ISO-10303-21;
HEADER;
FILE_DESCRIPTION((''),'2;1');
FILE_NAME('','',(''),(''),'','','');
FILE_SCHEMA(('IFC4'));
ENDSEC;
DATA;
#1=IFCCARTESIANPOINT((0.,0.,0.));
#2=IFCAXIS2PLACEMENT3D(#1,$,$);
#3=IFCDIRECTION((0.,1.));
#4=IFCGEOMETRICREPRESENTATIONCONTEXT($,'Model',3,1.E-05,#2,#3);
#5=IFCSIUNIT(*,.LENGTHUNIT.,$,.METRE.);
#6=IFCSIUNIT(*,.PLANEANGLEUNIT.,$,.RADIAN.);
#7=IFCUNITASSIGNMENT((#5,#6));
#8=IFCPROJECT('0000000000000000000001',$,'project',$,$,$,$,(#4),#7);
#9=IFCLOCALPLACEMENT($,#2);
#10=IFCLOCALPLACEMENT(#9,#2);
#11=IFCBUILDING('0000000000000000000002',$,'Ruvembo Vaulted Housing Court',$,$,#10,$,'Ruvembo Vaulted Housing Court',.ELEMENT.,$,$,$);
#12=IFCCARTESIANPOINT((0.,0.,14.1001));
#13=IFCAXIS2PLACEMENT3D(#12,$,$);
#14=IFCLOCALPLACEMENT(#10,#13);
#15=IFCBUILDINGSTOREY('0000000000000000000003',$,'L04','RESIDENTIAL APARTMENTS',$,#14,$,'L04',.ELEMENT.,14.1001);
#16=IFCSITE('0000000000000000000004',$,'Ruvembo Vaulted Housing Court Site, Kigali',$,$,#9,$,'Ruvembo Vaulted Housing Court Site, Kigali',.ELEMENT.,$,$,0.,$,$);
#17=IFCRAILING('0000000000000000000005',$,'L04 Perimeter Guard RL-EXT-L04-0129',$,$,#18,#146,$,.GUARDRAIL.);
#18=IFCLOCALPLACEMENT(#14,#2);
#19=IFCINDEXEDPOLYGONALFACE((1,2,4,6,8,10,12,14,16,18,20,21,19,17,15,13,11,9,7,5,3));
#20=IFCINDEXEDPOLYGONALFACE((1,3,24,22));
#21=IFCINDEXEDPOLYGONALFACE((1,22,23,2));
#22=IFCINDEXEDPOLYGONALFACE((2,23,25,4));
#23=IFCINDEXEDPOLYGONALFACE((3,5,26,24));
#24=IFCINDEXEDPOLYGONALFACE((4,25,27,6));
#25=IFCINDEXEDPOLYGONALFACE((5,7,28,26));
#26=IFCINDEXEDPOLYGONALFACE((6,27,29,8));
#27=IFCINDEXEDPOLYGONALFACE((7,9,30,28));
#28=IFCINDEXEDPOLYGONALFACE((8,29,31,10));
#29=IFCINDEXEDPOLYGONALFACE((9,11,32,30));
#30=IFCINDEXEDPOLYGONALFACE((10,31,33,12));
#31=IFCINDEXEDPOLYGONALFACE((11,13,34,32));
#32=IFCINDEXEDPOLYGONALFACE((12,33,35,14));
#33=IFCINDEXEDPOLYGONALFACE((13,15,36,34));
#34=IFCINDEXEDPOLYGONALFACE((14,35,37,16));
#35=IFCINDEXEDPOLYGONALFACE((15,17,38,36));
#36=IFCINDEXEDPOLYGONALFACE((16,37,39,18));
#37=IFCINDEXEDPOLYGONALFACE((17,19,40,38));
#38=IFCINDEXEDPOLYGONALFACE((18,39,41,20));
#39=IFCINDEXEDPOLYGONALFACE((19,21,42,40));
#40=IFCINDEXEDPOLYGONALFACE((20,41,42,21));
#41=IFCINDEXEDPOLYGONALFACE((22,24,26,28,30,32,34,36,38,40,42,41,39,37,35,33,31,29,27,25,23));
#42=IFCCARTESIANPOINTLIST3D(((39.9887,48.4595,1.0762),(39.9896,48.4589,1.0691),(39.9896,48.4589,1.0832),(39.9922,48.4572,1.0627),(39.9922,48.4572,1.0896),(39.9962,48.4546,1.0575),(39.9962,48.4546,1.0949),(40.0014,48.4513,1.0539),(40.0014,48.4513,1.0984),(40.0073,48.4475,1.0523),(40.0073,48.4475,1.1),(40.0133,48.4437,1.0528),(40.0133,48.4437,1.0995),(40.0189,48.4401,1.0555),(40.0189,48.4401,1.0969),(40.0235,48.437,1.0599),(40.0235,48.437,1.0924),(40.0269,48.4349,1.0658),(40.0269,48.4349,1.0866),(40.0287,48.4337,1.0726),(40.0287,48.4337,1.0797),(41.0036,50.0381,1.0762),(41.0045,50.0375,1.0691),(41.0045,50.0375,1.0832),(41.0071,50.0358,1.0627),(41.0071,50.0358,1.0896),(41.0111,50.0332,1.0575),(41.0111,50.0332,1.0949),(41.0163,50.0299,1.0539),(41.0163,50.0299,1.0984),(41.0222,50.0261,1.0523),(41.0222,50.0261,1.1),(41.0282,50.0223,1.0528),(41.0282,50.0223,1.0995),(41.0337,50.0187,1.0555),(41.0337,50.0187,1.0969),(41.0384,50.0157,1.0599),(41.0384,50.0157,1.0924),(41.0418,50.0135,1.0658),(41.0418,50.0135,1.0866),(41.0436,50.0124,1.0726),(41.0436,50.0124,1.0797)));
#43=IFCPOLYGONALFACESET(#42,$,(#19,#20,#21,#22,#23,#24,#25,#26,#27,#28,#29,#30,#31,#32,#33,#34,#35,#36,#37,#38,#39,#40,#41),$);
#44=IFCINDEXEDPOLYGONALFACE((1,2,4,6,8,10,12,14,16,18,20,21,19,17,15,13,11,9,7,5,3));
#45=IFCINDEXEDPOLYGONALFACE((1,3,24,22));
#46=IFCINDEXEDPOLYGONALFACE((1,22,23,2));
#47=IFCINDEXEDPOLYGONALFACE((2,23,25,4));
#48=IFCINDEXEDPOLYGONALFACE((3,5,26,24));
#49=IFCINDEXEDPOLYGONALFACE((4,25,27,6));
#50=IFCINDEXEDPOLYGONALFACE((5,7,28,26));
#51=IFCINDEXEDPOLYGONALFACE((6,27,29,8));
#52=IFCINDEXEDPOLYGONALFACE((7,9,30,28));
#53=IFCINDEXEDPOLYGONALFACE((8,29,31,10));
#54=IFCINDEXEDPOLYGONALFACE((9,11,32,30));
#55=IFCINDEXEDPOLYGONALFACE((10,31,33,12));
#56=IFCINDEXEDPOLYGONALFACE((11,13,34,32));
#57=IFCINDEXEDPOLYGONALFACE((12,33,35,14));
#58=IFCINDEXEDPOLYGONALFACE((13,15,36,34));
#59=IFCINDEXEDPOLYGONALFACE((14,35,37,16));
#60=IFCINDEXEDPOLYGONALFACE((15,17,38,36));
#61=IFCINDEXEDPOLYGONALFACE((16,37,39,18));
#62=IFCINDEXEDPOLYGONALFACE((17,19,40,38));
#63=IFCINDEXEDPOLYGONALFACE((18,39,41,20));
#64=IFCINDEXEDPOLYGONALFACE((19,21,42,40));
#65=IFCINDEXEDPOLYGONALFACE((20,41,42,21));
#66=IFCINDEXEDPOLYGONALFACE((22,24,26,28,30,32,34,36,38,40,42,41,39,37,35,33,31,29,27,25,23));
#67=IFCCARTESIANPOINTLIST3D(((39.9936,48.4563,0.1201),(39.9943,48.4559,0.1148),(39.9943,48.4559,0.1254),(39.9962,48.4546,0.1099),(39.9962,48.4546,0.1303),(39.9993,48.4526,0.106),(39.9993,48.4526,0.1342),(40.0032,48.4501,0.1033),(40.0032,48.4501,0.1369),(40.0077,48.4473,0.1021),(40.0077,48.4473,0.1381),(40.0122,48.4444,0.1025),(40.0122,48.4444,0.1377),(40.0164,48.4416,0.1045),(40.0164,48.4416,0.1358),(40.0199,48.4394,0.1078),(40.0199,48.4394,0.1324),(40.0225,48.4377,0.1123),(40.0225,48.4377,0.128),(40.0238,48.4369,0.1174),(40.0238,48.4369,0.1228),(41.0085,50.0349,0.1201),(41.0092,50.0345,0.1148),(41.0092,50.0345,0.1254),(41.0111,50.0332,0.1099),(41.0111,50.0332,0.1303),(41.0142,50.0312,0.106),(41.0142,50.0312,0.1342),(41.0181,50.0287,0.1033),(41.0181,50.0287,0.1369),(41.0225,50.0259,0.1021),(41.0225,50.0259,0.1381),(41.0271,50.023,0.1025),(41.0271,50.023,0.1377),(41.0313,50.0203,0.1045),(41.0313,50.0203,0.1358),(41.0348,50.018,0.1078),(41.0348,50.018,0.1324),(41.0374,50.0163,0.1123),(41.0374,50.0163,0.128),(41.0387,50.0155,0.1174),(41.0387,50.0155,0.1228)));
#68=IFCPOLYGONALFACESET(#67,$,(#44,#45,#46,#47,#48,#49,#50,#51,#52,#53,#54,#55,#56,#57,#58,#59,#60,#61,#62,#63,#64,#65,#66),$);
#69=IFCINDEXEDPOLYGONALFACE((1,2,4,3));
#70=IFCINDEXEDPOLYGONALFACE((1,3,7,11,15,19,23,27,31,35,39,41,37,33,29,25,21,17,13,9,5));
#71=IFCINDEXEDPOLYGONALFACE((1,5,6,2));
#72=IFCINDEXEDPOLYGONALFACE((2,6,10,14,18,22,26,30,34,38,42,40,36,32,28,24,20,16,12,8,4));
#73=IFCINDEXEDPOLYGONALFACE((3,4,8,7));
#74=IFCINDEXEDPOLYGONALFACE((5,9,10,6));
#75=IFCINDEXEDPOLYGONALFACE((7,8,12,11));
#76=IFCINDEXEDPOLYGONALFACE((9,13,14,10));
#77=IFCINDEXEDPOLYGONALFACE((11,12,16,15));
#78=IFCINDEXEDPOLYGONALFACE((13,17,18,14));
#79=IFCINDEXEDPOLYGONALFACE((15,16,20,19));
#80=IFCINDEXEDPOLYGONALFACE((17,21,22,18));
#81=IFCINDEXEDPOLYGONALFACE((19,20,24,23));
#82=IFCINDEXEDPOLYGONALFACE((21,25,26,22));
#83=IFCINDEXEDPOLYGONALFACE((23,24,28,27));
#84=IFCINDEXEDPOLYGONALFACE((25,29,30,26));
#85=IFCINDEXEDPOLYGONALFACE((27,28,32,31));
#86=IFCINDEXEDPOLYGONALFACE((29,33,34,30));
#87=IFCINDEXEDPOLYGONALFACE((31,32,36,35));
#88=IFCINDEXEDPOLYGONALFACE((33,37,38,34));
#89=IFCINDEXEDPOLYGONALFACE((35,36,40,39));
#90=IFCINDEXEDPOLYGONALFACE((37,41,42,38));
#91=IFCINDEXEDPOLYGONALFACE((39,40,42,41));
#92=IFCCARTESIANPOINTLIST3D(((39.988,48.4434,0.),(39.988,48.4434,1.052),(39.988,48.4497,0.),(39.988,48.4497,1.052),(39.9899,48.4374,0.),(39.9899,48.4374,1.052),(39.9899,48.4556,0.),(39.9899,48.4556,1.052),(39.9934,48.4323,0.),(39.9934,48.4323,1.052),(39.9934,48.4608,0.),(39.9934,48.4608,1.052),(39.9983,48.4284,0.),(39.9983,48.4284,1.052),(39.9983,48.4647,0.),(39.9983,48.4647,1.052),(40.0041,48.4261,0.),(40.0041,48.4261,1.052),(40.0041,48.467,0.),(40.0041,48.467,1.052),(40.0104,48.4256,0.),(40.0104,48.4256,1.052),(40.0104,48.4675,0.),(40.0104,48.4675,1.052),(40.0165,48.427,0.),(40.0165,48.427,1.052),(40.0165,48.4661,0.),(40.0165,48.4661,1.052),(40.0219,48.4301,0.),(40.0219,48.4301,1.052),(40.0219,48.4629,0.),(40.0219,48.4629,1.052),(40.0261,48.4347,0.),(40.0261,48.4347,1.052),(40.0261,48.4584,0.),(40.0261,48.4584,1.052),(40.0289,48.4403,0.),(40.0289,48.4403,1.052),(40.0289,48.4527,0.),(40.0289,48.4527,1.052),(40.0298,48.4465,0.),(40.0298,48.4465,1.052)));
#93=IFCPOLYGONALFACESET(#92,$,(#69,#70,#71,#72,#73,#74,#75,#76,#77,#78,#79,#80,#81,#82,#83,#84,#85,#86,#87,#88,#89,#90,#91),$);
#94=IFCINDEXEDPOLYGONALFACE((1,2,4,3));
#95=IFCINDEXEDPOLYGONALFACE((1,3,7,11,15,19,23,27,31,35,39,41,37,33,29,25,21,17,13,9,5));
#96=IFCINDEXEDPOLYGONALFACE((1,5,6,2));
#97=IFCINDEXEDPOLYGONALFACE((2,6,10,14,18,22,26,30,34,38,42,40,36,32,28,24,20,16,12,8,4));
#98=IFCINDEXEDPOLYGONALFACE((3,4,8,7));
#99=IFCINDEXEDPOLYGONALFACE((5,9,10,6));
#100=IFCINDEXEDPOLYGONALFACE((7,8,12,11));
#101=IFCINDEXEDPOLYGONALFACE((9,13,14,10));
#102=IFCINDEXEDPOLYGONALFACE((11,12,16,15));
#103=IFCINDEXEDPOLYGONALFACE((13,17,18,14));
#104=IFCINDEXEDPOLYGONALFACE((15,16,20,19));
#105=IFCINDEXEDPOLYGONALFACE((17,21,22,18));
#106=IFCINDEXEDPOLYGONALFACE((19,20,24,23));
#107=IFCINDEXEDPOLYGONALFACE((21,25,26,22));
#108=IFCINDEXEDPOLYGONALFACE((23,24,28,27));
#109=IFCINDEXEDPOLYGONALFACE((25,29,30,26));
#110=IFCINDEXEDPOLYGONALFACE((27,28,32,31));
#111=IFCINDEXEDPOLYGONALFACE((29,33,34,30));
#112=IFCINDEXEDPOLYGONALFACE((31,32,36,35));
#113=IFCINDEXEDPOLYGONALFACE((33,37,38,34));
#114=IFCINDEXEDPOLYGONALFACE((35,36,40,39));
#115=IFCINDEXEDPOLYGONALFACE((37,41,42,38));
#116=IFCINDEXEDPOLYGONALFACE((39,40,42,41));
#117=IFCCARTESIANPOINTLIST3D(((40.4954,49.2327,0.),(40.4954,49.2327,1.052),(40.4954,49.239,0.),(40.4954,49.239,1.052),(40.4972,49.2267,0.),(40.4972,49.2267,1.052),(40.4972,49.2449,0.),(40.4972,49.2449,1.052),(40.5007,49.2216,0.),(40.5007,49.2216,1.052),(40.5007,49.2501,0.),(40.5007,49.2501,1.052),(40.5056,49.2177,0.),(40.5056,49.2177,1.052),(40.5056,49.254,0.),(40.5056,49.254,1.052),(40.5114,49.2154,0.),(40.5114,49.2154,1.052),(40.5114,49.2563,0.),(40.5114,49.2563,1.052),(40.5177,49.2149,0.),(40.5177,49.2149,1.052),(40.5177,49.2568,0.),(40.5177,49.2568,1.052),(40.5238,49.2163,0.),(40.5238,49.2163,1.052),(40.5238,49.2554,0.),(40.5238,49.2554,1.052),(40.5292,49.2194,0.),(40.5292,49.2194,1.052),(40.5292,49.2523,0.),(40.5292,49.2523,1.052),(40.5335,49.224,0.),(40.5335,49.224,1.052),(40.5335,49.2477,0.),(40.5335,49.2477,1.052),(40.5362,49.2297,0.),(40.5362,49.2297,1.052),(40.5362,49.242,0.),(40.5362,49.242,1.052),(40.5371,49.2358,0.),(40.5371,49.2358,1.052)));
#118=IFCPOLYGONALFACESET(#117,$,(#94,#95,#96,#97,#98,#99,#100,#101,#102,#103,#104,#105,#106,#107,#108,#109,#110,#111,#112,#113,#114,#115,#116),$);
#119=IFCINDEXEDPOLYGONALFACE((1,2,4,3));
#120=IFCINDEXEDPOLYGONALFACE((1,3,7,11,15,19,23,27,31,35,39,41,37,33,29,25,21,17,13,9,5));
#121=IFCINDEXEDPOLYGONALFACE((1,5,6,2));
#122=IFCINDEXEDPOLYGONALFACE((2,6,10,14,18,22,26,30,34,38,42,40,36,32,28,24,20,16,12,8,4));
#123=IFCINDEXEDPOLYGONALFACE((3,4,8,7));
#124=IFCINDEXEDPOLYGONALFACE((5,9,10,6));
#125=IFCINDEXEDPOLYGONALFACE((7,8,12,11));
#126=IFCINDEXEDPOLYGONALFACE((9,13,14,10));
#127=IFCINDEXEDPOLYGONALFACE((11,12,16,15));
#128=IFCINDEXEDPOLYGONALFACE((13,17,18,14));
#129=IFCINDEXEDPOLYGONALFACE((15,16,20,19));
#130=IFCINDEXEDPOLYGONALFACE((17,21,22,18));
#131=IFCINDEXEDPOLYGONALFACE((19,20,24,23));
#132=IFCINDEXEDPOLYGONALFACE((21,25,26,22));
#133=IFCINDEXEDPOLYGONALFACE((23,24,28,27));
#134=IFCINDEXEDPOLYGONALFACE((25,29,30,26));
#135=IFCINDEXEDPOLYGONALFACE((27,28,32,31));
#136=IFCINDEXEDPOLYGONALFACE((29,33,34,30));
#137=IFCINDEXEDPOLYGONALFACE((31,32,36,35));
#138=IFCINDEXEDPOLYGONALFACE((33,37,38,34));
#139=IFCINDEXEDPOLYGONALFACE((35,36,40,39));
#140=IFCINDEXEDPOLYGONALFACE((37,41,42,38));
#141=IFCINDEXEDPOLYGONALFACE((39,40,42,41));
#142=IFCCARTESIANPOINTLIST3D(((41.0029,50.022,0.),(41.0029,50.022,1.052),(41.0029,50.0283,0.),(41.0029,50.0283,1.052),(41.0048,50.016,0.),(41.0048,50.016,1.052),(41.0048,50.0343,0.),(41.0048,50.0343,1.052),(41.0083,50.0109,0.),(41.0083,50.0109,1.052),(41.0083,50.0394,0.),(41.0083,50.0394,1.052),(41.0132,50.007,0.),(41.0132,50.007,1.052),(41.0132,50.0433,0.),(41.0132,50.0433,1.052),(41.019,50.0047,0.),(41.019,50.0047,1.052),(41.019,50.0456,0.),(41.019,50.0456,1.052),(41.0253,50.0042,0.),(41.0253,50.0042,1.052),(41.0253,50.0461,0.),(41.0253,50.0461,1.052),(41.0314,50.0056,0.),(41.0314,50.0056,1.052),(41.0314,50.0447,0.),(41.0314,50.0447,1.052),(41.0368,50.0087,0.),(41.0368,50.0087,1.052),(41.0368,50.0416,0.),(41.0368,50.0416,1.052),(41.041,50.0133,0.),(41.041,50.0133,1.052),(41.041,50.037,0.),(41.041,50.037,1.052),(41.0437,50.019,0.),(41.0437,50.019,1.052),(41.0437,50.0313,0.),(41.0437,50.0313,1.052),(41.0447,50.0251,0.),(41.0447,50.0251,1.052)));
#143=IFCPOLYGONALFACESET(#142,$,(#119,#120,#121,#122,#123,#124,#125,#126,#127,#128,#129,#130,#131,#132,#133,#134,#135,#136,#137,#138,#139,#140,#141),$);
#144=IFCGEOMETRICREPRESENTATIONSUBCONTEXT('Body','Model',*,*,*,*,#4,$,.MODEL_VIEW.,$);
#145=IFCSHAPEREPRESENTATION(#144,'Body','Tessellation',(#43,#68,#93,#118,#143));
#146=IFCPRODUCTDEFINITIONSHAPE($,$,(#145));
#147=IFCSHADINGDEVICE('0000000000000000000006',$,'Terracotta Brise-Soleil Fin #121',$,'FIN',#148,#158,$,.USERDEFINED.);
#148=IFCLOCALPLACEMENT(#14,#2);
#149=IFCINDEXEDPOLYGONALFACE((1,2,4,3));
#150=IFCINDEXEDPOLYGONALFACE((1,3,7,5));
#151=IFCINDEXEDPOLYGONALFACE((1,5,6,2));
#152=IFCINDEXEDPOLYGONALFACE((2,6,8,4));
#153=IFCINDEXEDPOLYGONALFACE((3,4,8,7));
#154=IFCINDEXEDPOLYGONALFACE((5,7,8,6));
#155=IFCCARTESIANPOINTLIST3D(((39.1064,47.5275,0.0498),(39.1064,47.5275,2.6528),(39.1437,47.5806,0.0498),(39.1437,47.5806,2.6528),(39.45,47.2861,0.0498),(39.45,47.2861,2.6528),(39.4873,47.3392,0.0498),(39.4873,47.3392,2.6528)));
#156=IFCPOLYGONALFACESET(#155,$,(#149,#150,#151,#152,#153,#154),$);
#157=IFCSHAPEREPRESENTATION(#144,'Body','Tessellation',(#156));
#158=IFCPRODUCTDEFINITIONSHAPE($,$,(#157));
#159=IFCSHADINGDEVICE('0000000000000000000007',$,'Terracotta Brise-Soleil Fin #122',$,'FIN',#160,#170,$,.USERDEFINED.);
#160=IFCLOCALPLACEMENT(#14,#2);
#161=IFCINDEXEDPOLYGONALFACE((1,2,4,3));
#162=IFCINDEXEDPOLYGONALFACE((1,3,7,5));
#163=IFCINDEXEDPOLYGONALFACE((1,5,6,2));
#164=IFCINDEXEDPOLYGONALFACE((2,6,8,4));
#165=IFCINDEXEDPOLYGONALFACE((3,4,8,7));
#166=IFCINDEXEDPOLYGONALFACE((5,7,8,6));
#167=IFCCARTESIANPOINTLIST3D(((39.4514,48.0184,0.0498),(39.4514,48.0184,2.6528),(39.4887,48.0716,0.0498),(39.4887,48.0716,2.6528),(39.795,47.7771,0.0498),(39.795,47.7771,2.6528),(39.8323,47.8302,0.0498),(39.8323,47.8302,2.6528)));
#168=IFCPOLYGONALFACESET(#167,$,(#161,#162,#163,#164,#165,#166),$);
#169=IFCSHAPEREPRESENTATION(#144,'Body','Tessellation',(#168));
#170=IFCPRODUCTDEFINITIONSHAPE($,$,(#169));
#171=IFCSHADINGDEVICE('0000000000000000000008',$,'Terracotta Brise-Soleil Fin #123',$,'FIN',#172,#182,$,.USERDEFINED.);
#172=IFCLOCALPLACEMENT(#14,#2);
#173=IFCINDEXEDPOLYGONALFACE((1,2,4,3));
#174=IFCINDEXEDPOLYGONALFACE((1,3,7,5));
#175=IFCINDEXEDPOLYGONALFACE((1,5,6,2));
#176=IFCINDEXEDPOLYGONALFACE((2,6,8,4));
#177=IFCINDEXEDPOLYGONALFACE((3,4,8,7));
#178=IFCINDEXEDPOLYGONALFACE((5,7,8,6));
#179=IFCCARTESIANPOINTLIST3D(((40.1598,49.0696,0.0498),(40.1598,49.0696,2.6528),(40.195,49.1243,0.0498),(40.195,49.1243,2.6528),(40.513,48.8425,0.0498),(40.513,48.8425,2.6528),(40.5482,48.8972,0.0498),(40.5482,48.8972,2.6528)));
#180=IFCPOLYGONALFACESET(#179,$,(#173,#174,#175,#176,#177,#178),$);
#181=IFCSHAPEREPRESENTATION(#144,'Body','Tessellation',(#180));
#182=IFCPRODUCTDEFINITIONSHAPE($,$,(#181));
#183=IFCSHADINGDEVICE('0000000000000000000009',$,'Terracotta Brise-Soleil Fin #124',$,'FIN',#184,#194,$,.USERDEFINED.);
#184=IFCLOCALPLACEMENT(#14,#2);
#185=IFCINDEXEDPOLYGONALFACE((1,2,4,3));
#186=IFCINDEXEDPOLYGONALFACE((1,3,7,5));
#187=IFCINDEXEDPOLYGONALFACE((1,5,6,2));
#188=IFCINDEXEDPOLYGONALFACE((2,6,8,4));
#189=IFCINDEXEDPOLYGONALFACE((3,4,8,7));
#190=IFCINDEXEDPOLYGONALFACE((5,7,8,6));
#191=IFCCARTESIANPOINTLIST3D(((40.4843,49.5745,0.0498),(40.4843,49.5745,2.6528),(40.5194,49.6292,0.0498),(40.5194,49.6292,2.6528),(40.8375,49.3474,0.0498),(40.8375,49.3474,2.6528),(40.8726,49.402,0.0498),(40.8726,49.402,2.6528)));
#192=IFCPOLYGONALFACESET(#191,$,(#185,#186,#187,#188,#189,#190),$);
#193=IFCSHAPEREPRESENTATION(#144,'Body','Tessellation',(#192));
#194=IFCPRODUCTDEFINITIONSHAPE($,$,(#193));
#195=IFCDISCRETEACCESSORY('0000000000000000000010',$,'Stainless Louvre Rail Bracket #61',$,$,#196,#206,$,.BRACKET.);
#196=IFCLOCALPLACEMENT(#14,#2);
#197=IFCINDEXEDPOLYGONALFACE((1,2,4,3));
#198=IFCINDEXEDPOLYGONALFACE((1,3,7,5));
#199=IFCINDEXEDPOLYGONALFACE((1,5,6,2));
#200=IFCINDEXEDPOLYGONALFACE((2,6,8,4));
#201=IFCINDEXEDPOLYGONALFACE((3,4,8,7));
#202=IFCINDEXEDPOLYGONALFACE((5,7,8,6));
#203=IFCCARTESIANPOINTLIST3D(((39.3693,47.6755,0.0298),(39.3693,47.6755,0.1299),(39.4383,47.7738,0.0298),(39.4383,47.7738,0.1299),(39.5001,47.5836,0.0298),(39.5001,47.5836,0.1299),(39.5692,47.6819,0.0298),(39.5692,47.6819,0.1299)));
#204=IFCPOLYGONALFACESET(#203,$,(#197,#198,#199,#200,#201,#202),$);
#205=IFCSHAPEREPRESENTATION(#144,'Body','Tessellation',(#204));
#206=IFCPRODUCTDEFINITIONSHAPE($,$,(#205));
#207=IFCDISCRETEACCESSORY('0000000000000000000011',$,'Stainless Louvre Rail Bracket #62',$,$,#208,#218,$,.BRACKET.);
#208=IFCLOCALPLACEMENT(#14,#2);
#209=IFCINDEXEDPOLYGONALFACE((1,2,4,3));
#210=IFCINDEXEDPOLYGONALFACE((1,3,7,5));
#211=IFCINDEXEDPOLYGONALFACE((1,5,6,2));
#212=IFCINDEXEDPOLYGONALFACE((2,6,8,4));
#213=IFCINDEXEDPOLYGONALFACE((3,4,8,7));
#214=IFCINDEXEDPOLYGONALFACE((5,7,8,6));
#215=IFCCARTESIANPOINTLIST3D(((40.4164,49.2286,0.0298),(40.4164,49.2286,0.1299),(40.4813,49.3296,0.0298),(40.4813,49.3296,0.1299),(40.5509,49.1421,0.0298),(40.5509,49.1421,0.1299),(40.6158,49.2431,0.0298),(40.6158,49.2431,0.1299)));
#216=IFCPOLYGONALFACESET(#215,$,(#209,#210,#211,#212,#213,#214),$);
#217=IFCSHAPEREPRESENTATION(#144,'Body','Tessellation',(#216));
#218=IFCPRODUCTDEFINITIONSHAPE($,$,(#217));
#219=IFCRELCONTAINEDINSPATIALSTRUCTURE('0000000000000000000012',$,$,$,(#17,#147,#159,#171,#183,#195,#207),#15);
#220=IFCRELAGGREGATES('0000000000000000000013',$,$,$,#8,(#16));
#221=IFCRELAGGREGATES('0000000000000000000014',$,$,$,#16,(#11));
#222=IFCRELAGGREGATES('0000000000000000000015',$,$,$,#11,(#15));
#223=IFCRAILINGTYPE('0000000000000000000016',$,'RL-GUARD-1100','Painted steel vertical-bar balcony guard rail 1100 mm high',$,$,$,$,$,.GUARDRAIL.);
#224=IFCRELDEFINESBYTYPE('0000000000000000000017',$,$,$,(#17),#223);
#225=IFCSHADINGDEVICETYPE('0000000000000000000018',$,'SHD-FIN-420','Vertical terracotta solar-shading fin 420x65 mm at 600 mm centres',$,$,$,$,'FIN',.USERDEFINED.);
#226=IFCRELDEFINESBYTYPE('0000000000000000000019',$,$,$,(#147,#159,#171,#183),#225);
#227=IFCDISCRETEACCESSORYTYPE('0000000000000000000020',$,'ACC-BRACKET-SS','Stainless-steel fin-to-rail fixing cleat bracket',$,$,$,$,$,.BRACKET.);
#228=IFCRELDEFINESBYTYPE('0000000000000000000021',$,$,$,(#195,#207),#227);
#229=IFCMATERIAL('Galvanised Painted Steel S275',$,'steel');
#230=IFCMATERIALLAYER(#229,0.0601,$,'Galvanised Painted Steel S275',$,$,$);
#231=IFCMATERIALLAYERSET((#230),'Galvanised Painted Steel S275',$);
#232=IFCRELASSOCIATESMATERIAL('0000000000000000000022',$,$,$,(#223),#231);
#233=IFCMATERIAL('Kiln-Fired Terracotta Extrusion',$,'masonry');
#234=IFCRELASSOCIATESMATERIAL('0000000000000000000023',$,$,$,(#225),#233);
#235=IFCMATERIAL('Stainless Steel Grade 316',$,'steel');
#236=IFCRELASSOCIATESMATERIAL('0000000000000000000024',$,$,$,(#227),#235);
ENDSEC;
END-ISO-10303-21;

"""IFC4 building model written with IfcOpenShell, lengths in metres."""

from ifc_helpers import new_model, si_unit, direction, frame, origin, origin_2d, place, context, subcontext, project, spatial, rectangle, circle, extrude, material, layer, layer_set, type_object, element, save


model = new_model("IFC4")

# Units and contexts
model_context = context("Model", 3, precision=1e-05, world=origin(), true_north=direction((0.0, 1.0)))
body_context = subcontext(model_context, "Body", "Model", "MODEL_VIEW")
ifc_project = project(units=[si_unit("LENGTHUNIT", "METRE"), si_unit("PLANEANGLEUNIT", "RADIAN")], contexts=[model_context])

# Site, building, storey
site_placement = place(None, origin())
site = spatial("IfcSite", under=ifc_project, at=site_placement, Name="Ruvembo Vaulted Housing Court Site, Kigali", LongName="Ruvembo Vaulted Housing Court Site, Kigali", CompositionType="ELEMENT", RefElevation=0.0)
building_placement = place(site_placement, origin())
building = spatial("IfcBuilding", under=site, at=building_placement, Name="Ruvembo Vaulted Housing Court", LongName="Ruvembo Vaulted Housing Court", CompositionType="ELEMENT")
storey_placement = place(building_placement, frame((0.0, 0.0, 14.1001)))
storey = spatial("IfcBuildingStorey", under=building, at=storey_placement, Name="L04", Description="RESIDENTIAL APARTMENTS", LongName="L04", CompositionType="ELEMENT", Elevation=14.1001)

# Railing
ifc_material_1 = material(Name="Galvanised Painted Steel S275", Category="steel")
ifc_layer_1 = layer(ifc_material_1, 0.0601, Name="Galvanised Painted Steel S275")
ifc_layer_set_1 = layer_set([ifc_layer_1], Name="Galvanised Painted Steel S275")
railing_type = type_object("IfcRailingType", Name="RL-GUARD-1100", Description="Painted steel vertical-bar balcony guard rail 1100 mm high", PredefinedType="GUARDRAIL", material=ifc_layer_set_1)
railing_placement = place(storey_placement, frame((40.0088, 48.4465, 0.0)))
element("IfcRailing", 1, at=railing_placement, inside=storey, type_object=railing_type, Name="L04 Perimeter Guard RL-EXT-L04-0129", PredefinedType="GUARDRAIL", context=body_context, shape_type="SweptSolid", body=[
    extrude(circle(Radius=0.0239, at=origin_2d()), frame((0.0, 0.0, 1.0762), z_axis=(0.540784, 0.841162, 0.0), x_axis=(-0.841162, 0.540784, 0.0)), (0.0, 0.0, 1.0), 1.8767),
    extrude(circle(Radius=0.0181, at=origin_2d()), frame((0.0, 0.0, 0.1201), z_axis=(0.540784, 0.841162, 0.0), x_axis=(-0.841162, 0.540784, 0.0)), (0.0, 0.0, 1.0), 1.8767),
    extrude(circle(Radius=0.021, at=origin_2d()), origin(), (0.0, 0.0, 1.0), 1.052),
    extrude(circle(Radius=0.021, at=origin_2d()), frame((0.5073, 0.7893, 0.0)), (0.0, 0.0, 1.0), 1.052),
    extrude(circle(Radius=0.021, at=origin_2d()), frame((1.0149, 1.5786, 0.0)), (0.0, 0.0, 1.0), 1.052),
])

# Shading devices
ifc_material_2 = material(Name="Kiln-Fired Terracotta Extrusion", Category="masonry")
shading_device_type = type_object("IfcShadingDeviceType", Name="SHD-FIN-420", Description="Vertical terracotta solar-shading fin 420x65 mm at 600 mm centres", ElementType="FIN", PredefinedType="USERDEFINED", material=ifc_material_2)
for number, where, z_axis, x_axis, name in (
    (2, (39.2969, 47.4333, 0.0498), (0.0, 0.0, 1.0), (0.81828, -0.57482, 0.0), "Terracotta Brise-Soleil Fin #121"),
    (3, (39.6418, 47.9243, 0.0498), (0.0, 0.0, 1.0), (0.81828, -0.57482, 0.0), "Terracotta Brise-Soleil Fin #122"),
    (4, (40.354, 48.9834, 0.0498), (0.0, 0.0, 1.0), (0.841115, -0.540857, 0.0), "Terracotta Brise-Soleil Fin #123"),
    (5, (40.6785, 49.4883, 0.0498), (0.0, 0.0, 1.0), (0.841115, -0.540857, 0.0), "Terracotta Brise-Soleil Fin #124"),
):
    element("IfcShadingDevice", number, at=place(storey_placement, frame(where, z_axis=z_axis, x_axis=x_axis)), inside=storey, type_object=shading_device_type, Name=name, ObjectType="FIN", PredefinedType="USERDEFINED", context=body_context, shape_type="SweptSolid", body=[
        extrude(rectangle(XDim=0.4199, YDim=0.0649, at=origin_2d()), origin(), (0.0, 0.0, 1.0), 2.603),
    ])

# Discrete accessories
ifc_material_3 = material(Name="Stainless Steel Grade 316", Category="steel")
discrete_accessory_type = type_object("IfcDiscreteAccessoryType", Name="ACC-BRACKET-SS", Description="Stainless-steel fin-to-rail fixing cleat bracket", PredefinedType="BRACKET", material=ifc_material_3)
for number, where, z_axis, x_axis, name in (
    (6, (39.4692, 47.6787, 0.0298), (0.0, 0.0, 1.0), (0.81828, -0.57482, 0.0), "Stainless Louvre Rail Bracket #61"),
    (7, (40.5161, 49.2358, 0.0298), (0.0, 0.0, 1.0), (0.841115, -0.540857, 0.0), "Stainless Louvre Rail Bracket #62"),
):
    element("IfcDiscreteAccessory", number, at=place(storey_placement, frame(where, z_axis=z_axis, x_axis=x_axis)), inside=storey, type_object=discrete_accessory_type, Name=name, PredefinedType="BRACKET", context=body_context, shape_type="SweptSolid", body=[
        extrude(rectangle(XDim=0.1599, YDim=0.1201, at=origin_2d()), origin(), (0.0, 0.0, 1.0), 0.1001),
    ])

save(model, "model.ifc")
